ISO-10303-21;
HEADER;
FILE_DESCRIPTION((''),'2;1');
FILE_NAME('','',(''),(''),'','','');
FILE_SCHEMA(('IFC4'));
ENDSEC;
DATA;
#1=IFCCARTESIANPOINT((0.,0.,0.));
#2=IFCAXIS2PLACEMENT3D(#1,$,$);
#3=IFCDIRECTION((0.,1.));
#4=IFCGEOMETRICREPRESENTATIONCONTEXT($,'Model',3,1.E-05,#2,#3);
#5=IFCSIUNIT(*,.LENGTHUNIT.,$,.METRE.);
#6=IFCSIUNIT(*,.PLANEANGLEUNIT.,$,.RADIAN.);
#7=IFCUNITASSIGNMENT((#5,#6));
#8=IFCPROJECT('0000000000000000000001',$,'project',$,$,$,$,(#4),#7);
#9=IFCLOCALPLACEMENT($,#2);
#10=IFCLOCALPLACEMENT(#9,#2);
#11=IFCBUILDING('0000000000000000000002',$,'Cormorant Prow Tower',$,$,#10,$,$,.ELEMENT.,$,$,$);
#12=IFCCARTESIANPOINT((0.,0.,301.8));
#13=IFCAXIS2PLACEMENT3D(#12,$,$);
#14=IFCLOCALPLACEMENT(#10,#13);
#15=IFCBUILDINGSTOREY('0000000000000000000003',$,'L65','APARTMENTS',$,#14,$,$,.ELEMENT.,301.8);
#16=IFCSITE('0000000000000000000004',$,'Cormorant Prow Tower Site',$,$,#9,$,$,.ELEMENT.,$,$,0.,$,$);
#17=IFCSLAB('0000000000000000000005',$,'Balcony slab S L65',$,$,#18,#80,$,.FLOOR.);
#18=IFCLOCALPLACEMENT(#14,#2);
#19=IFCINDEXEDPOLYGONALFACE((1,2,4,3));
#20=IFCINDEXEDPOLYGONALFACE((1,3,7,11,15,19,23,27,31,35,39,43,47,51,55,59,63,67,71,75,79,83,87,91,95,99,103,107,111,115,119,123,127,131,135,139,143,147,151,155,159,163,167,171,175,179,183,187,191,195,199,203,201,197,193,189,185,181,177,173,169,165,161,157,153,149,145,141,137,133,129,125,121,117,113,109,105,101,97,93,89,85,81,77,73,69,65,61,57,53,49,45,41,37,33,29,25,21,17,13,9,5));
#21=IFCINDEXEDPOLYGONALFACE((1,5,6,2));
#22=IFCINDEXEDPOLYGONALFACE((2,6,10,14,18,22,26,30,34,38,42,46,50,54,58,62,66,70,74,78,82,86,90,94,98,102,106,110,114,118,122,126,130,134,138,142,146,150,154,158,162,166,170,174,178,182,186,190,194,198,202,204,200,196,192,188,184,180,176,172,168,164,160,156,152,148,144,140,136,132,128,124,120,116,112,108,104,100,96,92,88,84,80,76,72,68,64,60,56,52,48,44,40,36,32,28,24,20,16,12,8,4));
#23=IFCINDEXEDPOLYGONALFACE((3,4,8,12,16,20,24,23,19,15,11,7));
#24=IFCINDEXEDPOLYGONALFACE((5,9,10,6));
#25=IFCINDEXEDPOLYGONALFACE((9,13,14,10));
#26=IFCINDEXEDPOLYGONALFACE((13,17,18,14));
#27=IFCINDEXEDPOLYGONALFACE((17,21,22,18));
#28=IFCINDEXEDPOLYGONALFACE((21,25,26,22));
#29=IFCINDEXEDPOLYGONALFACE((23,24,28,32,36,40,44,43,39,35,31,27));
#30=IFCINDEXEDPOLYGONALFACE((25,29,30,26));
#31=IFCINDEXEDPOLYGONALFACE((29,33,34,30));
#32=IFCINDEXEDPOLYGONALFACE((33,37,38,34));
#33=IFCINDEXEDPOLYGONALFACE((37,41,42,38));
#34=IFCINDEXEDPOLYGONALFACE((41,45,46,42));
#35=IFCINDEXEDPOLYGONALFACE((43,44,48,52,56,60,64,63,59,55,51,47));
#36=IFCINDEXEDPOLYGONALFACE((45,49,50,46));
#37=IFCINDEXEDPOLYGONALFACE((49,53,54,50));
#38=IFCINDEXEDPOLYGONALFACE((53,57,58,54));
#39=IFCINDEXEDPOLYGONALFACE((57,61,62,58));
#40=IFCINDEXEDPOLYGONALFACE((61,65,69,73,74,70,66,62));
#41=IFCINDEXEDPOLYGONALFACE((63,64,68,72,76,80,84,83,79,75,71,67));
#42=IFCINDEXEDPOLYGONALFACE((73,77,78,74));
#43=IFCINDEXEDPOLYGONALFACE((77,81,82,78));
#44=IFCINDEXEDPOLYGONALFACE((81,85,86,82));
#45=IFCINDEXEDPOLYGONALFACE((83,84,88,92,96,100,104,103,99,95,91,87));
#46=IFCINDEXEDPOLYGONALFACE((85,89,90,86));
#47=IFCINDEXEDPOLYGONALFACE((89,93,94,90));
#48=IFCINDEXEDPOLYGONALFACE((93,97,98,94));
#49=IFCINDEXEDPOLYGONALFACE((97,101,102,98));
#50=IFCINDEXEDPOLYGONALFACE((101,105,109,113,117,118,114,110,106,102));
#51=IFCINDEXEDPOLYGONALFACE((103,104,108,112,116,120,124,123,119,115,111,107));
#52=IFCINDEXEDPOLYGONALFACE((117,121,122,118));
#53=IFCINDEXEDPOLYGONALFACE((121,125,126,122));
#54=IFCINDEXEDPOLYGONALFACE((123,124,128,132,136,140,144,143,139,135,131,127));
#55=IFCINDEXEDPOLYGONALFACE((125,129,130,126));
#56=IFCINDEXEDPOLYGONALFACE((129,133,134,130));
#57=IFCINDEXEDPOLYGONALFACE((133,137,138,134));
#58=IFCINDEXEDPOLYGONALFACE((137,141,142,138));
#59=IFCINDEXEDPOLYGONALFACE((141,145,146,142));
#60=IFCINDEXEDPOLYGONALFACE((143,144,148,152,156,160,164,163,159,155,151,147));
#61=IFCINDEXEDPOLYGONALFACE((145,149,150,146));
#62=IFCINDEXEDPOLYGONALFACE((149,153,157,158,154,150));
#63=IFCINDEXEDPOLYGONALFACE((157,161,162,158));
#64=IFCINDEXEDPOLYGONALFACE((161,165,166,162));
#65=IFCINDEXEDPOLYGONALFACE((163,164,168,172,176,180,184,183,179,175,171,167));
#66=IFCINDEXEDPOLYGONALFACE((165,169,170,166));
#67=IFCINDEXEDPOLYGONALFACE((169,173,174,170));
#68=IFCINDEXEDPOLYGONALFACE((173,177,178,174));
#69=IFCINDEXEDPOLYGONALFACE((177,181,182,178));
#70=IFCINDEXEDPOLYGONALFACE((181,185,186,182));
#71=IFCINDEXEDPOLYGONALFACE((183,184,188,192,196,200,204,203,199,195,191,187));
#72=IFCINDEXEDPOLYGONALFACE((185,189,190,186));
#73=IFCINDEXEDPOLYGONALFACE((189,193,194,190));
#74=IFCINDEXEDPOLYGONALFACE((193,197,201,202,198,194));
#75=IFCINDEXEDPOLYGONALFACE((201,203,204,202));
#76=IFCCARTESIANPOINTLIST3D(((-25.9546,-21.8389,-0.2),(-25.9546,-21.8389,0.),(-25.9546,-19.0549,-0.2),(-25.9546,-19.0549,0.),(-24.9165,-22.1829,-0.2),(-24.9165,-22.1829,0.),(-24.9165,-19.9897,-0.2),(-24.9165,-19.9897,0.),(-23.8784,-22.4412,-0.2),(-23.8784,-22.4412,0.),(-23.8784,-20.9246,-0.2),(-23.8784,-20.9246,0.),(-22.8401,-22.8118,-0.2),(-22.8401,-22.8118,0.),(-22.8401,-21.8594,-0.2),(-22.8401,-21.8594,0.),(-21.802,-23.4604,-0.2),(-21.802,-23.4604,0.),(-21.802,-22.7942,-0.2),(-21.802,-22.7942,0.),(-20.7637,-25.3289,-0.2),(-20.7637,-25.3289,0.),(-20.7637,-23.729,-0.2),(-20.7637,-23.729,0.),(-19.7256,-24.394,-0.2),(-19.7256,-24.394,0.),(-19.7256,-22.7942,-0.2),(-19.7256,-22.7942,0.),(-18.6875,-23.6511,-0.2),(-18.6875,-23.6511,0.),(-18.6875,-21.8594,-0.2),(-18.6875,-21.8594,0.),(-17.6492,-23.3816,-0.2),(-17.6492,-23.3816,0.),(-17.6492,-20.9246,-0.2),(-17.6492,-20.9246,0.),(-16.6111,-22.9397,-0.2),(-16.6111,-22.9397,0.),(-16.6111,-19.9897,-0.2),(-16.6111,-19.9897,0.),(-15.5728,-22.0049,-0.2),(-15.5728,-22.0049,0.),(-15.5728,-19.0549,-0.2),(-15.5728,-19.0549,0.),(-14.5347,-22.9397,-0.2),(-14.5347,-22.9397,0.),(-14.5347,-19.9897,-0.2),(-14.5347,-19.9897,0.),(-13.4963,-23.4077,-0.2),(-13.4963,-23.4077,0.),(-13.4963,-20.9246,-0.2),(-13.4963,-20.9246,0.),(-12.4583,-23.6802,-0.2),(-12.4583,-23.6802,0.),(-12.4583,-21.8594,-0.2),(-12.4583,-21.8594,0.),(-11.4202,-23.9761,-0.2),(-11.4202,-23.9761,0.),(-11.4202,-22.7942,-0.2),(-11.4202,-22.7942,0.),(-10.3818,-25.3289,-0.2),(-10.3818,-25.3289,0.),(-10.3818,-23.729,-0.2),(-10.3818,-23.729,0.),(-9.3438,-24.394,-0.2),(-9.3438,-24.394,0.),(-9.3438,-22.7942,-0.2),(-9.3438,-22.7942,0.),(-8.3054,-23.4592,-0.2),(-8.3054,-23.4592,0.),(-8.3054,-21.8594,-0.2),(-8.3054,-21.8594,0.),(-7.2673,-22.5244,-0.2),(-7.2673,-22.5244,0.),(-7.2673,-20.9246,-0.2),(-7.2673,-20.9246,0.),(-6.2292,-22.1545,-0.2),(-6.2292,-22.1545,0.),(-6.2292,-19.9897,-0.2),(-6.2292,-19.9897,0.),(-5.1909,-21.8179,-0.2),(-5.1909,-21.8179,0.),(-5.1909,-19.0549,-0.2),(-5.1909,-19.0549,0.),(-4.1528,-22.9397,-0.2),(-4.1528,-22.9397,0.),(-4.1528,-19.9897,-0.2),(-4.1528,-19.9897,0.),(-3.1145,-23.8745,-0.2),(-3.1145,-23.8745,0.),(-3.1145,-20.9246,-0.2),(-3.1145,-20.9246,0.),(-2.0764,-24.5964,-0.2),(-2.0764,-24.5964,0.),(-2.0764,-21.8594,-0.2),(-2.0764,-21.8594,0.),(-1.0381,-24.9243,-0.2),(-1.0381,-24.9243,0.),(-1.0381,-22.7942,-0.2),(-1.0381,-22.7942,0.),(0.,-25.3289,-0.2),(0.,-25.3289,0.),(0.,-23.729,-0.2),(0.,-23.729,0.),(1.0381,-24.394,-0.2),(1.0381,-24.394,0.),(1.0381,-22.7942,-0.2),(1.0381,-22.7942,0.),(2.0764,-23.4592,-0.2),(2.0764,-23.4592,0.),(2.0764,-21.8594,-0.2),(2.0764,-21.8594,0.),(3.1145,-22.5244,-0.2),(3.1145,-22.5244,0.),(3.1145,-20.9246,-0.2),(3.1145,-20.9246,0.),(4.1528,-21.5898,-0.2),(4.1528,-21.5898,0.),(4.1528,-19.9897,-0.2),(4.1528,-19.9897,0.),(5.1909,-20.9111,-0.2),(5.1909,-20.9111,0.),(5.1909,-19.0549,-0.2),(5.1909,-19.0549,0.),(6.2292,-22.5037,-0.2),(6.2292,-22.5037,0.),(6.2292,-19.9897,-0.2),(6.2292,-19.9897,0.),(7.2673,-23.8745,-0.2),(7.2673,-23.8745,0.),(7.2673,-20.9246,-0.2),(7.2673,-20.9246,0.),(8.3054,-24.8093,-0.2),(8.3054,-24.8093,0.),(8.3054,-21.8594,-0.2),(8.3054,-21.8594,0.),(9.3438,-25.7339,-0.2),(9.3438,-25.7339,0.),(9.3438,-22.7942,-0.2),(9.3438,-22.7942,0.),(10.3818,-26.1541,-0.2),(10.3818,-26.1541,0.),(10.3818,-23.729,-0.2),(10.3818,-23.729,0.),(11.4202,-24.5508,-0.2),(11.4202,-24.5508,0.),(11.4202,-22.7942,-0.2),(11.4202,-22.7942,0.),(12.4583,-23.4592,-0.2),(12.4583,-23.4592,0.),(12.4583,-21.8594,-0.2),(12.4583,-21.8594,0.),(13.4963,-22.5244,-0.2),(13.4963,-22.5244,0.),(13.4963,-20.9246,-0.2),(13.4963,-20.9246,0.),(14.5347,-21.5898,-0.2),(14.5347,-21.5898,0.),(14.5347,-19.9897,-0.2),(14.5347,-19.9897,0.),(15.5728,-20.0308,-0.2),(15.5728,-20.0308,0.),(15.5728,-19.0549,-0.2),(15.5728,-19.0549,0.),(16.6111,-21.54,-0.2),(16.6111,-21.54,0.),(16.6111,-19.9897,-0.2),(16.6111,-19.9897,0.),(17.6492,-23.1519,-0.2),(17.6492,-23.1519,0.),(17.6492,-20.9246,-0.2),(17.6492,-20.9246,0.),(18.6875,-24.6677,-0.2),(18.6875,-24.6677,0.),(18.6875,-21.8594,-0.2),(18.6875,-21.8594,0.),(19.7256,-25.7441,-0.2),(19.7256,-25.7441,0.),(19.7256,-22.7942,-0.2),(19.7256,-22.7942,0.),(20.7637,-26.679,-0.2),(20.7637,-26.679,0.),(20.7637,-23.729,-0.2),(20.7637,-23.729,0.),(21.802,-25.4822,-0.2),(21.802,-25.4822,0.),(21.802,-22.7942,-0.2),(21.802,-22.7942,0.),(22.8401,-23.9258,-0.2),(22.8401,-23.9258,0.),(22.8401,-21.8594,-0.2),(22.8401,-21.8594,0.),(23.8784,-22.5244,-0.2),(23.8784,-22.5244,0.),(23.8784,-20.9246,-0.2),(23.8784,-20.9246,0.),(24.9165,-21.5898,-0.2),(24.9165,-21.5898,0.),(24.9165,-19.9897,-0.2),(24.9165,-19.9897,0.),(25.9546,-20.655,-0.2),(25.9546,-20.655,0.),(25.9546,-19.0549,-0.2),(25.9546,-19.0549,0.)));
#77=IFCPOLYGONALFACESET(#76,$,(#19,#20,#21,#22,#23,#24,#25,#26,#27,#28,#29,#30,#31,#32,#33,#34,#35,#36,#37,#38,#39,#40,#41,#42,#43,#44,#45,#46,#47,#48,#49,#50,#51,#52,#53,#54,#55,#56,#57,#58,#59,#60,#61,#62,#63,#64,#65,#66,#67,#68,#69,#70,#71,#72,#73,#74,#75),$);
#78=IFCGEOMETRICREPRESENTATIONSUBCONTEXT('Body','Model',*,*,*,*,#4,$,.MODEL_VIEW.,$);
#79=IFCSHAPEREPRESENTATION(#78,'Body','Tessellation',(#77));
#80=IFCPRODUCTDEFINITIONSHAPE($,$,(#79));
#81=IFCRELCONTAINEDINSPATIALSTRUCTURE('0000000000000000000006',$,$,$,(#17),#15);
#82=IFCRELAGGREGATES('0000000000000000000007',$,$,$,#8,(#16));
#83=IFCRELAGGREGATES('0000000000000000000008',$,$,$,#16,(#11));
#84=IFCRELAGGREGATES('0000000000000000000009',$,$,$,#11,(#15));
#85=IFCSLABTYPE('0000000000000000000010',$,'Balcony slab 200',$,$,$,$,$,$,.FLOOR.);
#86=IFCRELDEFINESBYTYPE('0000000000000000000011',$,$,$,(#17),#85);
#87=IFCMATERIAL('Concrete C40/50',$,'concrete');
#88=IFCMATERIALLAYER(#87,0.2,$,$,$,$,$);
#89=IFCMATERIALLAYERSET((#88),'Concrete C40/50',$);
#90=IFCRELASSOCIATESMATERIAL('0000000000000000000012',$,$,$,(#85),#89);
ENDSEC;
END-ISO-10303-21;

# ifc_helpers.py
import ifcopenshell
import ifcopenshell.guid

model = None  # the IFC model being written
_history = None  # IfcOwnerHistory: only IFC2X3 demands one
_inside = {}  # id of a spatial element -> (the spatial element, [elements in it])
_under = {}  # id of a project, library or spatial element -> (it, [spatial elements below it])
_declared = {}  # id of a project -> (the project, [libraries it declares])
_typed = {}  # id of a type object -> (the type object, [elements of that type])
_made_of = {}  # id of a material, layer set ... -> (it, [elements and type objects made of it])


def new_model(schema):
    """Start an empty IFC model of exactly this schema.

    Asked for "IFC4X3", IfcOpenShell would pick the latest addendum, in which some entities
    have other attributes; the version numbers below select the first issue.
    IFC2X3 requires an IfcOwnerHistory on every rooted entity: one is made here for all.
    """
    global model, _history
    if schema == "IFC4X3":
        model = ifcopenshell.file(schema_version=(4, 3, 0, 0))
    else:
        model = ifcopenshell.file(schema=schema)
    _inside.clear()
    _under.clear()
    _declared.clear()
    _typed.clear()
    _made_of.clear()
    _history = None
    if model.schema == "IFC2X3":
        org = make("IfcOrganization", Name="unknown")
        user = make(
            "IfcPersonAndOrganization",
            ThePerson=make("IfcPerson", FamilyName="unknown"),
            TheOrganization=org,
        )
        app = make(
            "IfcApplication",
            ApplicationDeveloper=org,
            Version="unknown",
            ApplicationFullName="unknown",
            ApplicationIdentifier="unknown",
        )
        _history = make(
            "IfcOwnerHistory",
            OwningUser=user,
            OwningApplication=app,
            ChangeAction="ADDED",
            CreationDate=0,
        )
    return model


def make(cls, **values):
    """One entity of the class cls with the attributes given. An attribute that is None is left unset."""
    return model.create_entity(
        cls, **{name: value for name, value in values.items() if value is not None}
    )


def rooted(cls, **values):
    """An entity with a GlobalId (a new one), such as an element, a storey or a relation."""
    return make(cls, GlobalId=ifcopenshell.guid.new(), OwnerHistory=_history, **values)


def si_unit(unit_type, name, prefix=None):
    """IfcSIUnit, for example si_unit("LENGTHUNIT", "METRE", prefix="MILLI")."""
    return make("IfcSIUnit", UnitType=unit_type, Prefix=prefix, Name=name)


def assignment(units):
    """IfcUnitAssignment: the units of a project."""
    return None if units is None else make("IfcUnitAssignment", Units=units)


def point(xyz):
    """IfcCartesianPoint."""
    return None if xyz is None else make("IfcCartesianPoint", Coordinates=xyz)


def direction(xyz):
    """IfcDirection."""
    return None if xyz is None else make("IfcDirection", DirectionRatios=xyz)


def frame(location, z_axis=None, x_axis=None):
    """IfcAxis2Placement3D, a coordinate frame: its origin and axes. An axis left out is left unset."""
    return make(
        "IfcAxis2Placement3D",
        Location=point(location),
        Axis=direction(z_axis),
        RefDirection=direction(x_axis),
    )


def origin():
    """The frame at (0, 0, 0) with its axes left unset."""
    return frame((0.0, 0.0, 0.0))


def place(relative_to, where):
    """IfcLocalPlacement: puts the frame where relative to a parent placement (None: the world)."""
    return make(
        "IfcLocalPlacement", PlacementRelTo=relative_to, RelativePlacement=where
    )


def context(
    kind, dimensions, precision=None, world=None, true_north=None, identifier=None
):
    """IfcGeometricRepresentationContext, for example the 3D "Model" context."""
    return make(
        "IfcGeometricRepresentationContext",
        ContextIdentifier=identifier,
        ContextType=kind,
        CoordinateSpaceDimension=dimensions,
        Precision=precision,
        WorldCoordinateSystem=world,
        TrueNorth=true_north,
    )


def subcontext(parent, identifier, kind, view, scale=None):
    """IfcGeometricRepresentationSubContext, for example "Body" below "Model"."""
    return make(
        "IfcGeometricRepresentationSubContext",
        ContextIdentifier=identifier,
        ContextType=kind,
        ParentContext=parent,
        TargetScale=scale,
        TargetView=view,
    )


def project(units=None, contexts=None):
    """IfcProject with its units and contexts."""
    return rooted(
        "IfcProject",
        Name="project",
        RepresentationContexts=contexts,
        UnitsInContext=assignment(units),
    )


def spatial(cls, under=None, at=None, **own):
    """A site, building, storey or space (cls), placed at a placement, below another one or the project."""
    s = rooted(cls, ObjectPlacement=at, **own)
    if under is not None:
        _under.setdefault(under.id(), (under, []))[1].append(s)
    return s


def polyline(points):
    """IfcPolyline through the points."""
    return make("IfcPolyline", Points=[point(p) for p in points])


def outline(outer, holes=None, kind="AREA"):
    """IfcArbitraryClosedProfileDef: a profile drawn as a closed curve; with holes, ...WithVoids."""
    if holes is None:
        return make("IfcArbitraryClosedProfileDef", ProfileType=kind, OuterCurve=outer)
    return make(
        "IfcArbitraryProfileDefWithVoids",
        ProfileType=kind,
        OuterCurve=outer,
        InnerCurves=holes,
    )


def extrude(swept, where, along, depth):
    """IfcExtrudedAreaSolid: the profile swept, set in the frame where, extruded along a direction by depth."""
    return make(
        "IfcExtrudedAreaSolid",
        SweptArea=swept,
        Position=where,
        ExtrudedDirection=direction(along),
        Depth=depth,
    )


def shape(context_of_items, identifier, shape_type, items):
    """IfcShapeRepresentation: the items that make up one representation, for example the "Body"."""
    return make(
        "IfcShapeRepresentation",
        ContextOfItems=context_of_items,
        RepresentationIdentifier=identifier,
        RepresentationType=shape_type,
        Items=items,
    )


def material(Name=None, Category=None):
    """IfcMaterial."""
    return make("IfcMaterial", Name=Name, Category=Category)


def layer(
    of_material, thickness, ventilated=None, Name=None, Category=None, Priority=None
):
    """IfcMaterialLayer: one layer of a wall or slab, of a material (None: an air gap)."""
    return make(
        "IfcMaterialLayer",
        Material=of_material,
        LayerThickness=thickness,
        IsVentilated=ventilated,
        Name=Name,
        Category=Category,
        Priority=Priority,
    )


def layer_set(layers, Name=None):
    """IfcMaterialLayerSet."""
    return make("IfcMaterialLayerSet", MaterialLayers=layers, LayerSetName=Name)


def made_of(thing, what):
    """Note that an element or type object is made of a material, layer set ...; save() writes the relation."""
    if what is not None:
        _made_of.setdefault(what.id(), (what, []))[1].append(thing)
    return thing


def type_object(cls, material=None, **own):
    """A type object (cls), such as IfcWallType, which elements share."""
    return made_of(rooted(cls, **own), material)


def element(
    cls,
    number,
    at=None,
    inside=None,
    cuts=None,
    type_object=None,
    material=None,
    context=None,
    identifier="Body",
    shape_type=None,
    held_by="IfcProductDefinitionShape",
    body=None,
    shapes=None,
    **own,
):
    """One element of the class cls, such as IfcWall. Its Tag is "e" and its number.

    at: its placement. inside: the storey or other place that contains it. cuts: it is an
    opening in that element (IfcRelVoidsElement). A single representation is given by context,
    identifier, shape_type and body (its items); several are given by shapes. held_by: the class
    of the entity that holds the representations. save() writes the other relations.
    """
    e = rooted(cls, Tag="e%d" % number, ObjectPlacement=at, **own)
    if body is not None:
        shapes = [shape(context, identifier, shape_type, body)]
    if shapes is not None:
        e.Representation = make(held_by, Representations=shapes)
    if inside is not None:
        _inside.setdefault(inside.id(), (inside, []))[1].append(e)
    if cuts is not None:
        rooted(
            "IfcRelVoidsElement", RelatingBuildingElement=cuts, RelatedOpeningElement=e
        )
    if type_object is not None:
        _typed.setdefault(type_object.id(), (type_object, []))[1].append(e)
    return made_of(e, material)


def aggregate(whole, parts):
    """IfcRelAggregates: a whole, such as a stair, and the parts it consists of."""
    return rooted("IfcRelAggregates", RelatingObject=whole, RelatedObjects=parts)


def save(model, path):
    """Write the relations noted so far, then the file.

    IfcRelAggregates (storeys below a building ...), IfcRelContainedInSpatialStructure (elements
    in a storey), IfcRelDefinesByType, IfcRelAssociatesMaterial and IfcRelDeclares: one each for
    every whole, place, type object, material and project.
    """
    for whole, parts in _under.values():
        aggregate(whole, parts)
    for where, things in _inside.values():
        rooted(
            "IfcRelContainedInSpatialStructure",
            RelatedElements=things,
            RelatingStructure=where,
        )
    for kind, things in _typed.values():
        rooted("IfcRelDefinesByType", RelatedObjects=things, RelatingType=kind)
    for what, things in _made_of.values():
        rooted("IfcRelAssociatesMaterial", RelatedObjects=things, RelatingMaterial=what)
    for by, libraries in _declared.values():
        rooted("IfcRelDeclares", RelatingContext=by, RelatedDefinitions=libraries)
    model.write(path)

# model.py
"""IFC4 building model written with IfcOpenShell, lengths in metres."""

from ifc_helpers import new_model, si_unit, direction, frame, origin, place, context, subcontext, project, spatial, polyline, outline, extrude, material, layer, layer_set, type_object, element, save


model = new_model("IFC4")

# Units and contexts
model_context = context("Model", 3, precision=1e-05, world=origin(), true_north=direction((0.0, 1.0)))
body_context = subcontext(model_context, "Body", "Model", "MODEL_VIEW")
ifc_project = project(units=[si_unit("LENGTHUNIT", "METRE"), si_unit("PLANEANGLEUNIT", "RADIAN")], contexts=[model_context])

# Site, building, storey
site_placement = place(None, origin())
site = spatial("IfcSite", under=ifc_project, at=site_placement, Name="Cormorant Prow Tower Site", CompositionType="ELEMENT", RefElevation=0.0)
building_placement = place(site_placement, origin())
building = spatial("IfcBuilding", under=site, at=building_placement, Name="Cormorant Prow Tower", CompositionType="ELEMENT")
storey_placement = place(building_placement, frame((0.0, 0.0, 301.8)))
storey = spatial("IfcBuildingStorey", under=building, at=storey_placement, Name="L65", Description="APARTMENTS", CompositionType="ELEMENT", Elevation=301.8)

# Slab
ifc_material_1 = material(Name="Concrete C40/50", Category="concrete")
ifc_layer_1 = layer(ifc_material_1, 0.2)
ifc_layer_set_1 = layer_set([ifc_layer_1], Name="Concrete C40/50")
slab_type_1 = type_object("IfcSlabType", Name="Balcony slab 200", PredefinedType="FLOOR", material=ifc_layer_set_1)
slab_1_placement = place(storey_placement, frame((0.0, 0.0, -0.2)))
element("IfcSlab", 1, at=slab_1_placement, inside=storey, type_object=slab_type_1, Name="Balcony slab S L65", PredefinedType="FLOOR", context=body_context, shape_type="SweptSolid", body=[
    extrude(outline(polyline([(-25.9546, -19.0549), (-25.9546, -21.8389), (-24.9165, -22.1829), (-23.8784, -22.4412), (-22.8401, -22.8118), (-21.802, -23.4604), (-20.7637, -25.3289), (-19.7256, -24.394), (-18.6875, -23.6511), (-17.6492, -23.3816), (-16.6111, -22.9397), (-15.5728, -22.0049), (-14.5347, -22.9397), (-13.4963, -23.4077), (-12.4583, -23.6802), (-11.4202, -23.9761), (-10.3818, -25.3289), (-9.3438, -24.394), (-8.3054, -23.4592), (-7.2673, -22.5244), (-6.2292, -22.1545), (-5.1909, -21.8179), (-4.1528, -22.9397), (-3.1145, -23.8745), (-2.0764, -24.5964), (-1.0381, -24.9243), (0.0, -25.3289), (1.0381, -24.394), (2.0764, -23.4592), (3.1145, -22.5244), (4.1528, -21.5898), (5.1909, -20.9111), (6.2292, -22.5037), (7.2673, -23.8745), (8.3054, -24.8093), (9.3438, -25.7339), (10.3818, -26.1541), (11.4202, -24.5508), (12.4583, -23.4592), (13.4963, -22.5244), (14.5347, -21.5898), (15.5728, -20.0308), (16.6111, -21.54), (17.6492, -23.1519), (18.6875, -24.6677), (19.7256, -25.7441), (20.7637, -26.679), (21.802, -25.4822), (22.8401, -23.9258), (23.8784, -22.5244), (24.9165, -21.5898), (25.9546, -20.655), (25.9546, -19.0549), (24.9165, -19.9897), (23.8784, -20.9246), (22.8401, -21.8594), (21.802, -22.7942), (20.7637, -23.729), (19.7256, -22.7942), (18.6875, -21.8594), (17.6492, -20.9246), (16.6111, -19.9897), (15.5728, -19.0549), (14.5347, -19.9897), (13.4963, -20.9246), (12.4583, -21.8594), (11.4202, -22.7942), (10.3818, -23.729), (9.3438, -22.7942), (8.3054, -21.8594), (7.2673, -20.9246), (6.2292, -19.9897), (5.1909, -19.0549), (4.1528, -19.9897), (3.1145, -20.9246), (2.0764, -21.8594), (1.0381, -22.7942), (0.0, -23.729), (-1.0381, -22.7942), (-2.0764, -21.8594), (-3.1145, -20.9246), (-4.1528, -19.9897), (-5.1909, -19.0549), (-6.2292, -19.9897), (-7.2673, -20.9246), (-8.3054, -21.8594), (-9.3438, -22.7942), (-10.3818, -23.729), (-11.4202, -22.7942), (-12.4583, -21.8594), (-13.4963, -20.9246), (-14.5347, -19.9897), (-15.5728, -19.0549), (-16.6111, -19.9897), (-17.6492, -20.9246), (-18.6875, -21.8594), (-19.7256, -22.7942), (-20.7637, -23.729), (-21.802, -22.7942), (-22.8401, -21.8594), (-23.8784, -20.9246), (-24.9165, -19.9897), (-25.9546, -19.0549)])), origin(), (0.0, 0.0, 1.0), 0.2),
])

save(model, "model.ifc")
